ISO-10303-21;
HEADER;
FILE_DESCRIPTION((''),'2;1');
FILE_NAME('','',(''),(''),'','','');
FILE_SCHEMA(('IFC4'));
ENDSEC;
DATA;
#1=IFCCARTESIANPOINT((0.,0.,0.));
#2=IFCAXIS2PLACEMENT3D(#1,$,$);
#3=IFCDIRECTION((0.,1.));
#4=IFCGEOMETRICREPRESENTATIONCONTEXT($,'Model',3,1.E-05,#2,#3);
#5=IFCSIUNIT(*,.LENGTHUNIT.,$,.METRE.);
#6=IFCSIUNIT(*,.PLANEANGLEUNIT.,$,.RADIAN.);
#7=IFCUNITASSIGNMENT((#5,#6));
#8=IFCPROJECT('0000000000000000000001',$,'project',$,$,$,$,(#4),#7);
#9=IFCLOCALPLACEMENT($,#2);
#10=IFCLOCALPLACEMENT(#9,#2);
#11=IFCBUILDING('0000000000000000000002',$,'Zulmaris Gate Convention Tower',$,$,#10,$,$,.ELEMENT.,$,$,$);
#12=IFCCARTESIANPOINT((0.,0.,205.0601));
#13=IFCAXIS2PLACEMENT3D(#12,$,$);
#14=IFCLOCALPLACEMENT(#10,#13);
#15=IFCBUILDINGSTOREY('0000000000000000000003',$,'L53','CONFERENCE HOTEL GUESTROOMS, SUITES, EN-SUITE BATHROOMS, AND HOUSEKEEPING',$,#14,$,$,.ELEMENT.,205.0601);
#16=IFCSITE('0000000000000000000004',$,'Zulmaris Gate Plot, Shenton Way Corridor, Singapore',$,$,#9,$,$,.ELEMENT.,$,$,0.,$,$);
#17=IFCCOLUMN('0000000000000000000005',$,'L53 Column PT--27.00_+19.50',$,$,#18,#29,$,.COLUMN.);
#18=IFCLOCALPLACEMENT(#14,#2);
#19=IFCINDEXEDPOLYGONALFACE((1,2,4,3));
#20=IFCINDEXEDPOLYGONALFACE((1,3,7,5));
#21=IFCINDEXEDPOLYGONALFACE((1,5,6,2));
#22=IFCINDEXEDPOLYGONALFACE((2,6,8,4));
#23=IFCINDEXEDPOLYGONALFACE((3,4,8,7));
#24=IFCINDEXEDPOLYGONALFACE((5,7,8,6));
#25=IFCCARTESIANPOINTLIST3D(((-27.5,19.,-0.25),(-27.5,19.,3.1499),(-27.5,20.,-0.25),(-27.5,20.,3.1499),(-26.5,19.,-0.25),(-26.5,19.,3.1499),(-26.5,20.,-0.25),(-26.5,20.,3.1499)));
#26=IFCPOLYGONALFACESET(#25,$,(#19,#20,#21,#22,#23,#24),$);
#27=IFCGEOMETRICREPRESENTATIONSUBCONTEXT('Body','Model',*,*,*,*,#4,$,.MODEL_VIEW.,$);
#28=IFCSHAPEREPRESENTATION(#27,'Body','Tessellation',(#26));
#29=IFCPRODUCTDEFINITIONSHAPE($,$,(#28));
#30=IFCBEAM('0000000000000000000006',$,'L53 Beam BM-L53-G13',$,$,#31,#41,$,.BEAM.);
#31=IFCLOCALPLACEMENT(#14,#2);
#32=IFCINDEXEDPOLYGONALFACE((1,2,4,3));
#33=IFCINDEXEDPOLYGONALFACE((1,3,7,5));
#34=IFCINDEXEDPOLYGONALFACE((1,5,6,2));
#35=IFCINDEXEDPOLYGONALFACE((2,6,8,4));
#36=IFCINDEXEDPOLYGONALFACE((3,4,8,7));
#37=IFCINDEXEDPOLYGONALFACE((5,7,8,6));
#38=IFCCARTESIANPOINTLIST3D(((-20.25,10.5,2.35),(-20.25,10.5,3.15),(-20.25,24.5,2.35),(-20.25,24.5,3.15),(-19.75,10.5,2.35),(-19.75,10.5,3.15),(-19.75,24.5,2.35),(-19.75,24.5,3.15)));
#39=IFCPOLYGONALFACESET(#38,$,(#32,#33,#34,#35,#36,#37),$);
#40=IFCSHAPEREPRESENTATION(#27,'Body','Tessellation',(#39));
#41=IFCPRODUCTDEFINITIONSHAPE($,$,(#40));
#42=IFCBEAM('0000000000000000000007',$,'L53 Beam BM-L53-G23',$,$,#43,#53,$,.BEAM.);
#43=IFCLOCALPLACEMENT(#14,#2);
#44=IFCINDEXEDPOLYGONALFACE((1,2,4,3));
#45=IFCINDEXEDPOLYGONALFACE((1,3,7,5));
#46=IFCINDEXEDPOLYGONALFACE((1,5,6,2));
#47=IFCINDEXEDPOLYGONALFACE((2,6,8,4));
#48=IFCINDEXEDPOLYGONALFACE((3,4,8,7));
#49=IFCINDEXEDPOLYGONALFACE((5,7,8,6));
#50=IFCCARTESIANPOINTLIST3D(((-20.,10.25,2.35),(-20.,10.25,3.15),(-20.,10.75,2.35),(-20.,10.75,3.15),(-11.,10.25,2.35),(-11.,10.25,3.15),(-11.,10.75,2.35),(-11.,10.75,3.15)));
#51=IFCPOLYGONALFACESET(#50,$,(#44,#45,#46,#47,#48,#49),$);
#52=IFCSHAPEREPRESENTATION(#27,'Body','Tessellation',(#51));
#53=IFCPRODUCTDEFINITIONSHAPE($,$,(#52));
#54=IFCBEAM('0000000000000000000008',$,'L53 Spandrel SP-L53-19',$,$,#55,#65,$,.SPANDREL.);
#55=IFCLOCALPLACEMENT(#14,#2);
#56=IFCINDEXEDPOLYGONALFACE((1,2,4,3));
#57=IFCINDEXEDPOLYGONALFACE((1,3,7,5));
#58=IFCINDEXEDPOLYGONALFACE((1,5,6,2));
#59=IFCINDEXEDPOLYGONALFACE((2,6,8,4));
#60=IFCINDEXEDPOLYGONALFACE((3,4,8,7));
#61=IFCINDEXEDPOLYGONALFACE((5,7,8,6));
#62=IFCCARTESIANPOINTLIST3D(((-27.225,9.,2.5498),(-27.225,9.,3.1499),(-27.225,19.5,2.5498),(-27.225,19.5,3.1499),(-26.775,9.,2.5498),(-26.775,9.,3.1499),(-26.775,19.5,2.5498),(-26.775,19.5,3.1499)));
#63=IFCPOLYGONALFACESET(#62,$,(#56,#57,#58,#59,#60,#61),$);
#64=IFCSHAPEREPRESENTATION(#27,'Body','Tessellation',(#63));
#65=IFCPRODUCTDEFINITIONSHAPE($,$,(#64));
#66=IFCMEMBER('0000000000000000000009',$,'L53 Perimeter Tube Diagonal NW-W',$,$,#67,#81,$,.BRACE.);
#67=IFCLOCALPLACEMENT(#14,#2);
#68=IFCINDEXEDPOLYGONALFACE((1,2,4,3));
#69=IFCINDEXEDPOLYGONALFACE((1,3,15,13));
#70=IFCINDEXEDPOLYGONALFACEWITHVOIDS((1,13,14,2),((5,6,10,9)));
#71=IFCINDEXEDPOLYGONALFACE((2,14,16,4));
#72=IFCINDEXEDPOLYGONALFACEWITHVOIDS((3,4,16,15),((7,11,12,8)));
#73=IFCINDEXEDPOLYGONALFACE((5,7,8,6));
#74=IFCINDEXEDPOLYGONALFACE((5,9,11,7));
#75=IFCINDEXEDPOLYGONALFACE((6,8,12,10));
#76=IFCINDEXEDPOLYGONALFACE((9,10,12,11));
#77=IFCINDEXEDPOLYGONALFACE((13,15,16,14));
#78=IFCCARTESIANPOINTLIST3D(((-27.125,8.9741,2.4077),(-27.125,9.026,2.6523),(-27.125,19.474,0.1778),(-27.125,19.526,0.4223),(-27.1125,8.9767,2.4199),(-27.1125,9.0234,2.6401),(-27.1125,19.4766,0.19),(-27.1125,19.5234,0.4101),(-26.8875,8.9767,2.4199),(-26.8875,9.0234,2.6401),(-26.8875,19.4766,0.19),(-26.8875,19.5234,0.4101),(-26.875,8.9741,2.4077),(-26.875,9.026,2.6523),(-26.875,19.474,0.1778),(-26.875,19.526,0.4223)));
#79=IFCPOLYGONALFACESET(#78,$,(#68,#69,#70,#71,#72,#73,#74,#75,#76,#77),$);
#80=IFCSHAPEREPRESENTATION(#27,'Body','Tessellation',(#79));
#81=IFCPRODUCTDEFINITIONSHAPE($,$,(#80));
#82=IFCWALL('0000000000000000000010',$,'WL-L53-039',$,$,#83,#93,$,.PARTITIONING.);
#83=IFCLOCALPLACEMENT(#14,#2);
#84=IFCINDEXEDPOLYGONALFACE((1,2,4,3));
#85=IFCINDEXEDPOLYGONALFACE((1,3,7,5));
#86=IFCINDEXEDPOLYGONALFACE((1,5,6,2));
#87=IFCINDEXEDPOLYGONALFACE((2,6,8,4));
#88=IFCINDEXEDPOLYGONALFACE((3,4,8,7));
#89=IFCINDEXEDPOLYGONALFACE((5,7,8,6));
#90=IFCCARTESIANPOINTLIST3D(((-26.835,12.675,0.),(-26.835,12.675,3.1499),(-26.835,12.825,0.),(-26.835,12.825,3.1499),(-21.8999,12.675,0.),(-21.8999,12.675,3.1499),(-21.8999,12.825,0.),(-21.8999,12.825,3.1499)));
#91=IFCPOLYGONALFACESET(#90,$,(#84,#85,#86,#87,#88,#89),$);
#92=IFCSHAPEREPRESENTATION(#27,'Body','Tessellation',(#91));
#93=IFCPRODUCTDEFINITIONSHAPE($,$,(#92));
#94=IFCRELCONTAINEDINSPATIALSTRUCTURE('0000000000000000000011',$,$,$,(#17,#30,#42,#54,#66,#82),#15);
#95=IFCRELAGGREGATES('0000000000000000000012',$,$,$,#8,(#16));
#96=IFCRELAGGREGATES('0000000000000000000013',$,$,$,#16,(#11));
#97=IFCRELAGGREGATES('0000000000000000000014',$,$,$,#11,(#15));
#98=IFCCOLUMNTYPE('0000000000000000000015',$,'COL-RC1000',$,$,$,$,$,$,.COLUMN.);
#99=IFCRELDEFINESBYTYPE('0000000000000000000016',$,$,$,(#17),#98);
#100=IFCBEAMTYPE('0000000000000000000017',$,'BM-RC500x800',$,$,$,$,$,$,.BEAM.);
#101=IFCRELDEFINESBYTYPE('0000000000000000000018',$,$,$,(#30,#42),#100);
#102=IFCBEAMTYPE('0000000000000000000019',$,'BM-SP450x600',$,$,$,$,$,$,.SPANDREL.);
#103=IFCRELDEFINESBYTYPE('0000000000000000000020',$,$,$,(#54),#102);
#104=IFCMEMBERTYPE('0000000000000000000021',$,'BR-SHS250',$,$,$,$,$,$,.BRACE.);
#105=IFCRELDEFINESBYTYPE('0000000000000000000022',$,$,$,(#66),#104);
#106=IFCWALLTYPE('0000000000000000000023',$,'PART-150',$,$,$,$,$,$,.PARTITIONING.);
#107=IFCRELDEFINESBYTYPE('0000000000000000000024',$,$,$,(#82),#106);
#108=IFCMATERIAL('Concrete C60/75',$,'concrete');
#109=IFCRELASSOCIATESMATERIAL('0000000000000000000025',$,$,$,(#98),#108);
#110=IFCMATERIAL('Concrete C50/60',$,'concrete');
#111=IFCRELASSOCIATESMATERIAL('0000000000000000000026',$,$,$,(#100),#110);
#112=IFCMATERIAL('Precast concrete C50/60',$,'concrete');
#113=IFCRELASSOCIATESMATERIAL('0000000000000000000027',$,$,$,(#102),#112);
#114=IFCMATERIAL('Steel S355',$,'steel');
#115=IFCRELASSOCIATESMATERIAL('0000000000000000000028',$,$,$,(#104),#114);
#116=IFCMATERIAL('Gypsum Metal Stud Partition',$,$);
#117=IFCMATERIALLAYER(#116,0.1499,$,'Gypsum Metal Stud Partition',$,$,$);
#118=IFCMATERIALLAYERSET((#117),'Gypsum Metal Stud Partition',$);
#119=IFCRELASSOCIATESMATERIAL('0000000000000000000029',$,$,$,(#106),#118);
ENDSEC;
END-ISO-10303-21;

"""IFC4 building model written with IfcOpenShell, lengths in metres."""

from ifc_helpers import new_model, si_unit, direction, frame, frame_2d, origin, origin_2d, place, context, subcontext, project, spatial, rectangle, hollow_rectangle, extrude, material, layer, layer_set, material_profile, profile_set, type_object, element, save


model = new_model("IFC4")

# Units and contexts
model_context = context("Model", 3, precision=1e-05, world=origin(), true_north=direction((0.0, 1.0)))
body_context = subcontext(model_context, "Body", "Model", "MODEL_VIEW")
ifc_project = project(units=[si_unit("LENGTHUNIT", "METRE"), si_unit("PLANEANGLEUNIT", "RADIAN")], contexts=[model_context])

# Site, building, storey
site_placement = place(None, origin())
site = spatial("IfcSite", under=ifc_project, at=site_placement, Name="Zulmaris Gate Plot, Shenton Way Corridor, Singapore", CompositionType="ELEMENT", RefElevation=0.0)
building_placement = place(site_placement, origin())
building = spatial("IfcBuilding", under=site, at=building_placement, Name="Zulmaris Gate Convention Tower", CompositionType="ELEMENT")
storey_placement = place(building_placement, frame((0.0, 0.0, 205.0601)))
storey = spatial("IfcBuildingStorey", under=building, at=storey_placement, Name="L53", Description="CONFERENCE HOTEL GUESTROOMS, SUITES, EN-SUITE BATHROOMS, AND HOUSEKEEPING", CompositionType="ELEMENT", Elevation=205.0601)

# Column
ifc_material_1 = material(Name="Concrete C60/75", Category="concrete")
ifc_material_profile_1 = material_profile(ifc_material_1, rectangle(XDim=1.0, YDim=1.0, at=origin_2d()), Name="RC COL 1000x1000")
ifc_profile_set_1 = profile_set([ifc_material_profile_1], Name="Concrete C60/75")
column_type = type_object("IfcColumnType", Name="COL-RC1000", PredefinedType="COLUMN", material=ifc_profile_set_1)
column_placement = place(storey_placement, frame((-27.0, 19.5, -0.25), z_axis=(0.0, 0.0, 1.0), x_axis=(1.0, 0.0, 0.0)))
element("IfcColumn", 1, at=column_placement, inside=storey, type_object=column_type, Name="L53 Column PT--27.00_+19.50", PredefinedType="COLUMN", context=body_context, shape_type="SweptSolid", body=[
    extrude(rectangle(XDim=1.0, YDim=1.0, at=origin_2d()), origin(), (0.0, 0.0, 1.0), 3.3999),
])

# Beams
ifc_material_2 = material(Name="Concrete C50/60", Category="concrete")
ifc_material_profile_2 = material_profile(ifc_material_2, rectangle(XDim=0.5, YDim=0.8, at=origin_2d()), Name="RC BEAM 500x800")
ifc_profile_set_2 = profile_set([ifc_material_profile_2], Name="Concrete C50/60")
beam_type_1 = type_object("IfcBeamType", Name="BM-RC500x800", PredefinedType="BEAM", material=ifc_profile_set_2)
beam_1_placement = place(storey_placement, frame((-20.0, 10.5, 2.75), z_axis=(0.0, 1.0, 0.0), x_axis=(-1.0, 0.0, 0.0)))
element("IfcBeam", 2, at=beam_1_placement, inside=storey, type_object=beam_type_1, Name="L53 Beam BM-L53-G13", PredefinedType="BEAM", context=body_context, shape_type="SweptSolid", body=[
    extrude(rectangle(XDim=0.5, YDim=0.8, at=origin_2d()), origin(), (0.0, 0.0, 1.0), 14.0),
])
beam_2_placement = place(storey_placement, frame((-20.0, 10.5, 2.75), z_axis=(1.0, 0.0, 0.0), x_axis=(0.0, 1.0, 0.0)))
element("IfcBeam", 3, at=beam_2_placement, inside=storey, type_object=beam_type_1, Name="L53 Beam BM-L53-G23", PredefinedType="BEAM", context=body_context, shape_type="SweptSolid", body=[
    extrude(rectangle(XDim=0.5, YDim=0.8, at=origin_2d()), origin(), (0.0, 0.0, 1.0), 9.0),
])
ifc_material_3 = material(Name="Precast concrete C50/60", Category="concrete")
ifc_material_profile_3 = material_profile(ifc_material_3, rectangle(XDim=0.45, YDim=0.6001, at=origin_2d()), Name="RC SPANDREL 450x600")
ifc_profile_set_3 = profile_set([ifc_material_profile_3], Name="Precast concrete C50/60")
beam_type_2 = type_object("IfcBeamType", Name="BM-SP450x600", PredefinedType="SPANDREL", material=ifc_profile_set_3)
beam_3_placement = place(storey_placement, frame((-27.0, 19.5, 2.8499), z_axis=(0.0, -1.0, 0.0), x_axis=(1.0, 0.0, 0.0)))
element("IfcBeam", 4, at=beam_3_placement, inside=storey, type_object=beam_type_2, Name="L53 Spandrel SP-L53-19", PredefinedType="SPANDREL", context=body_context, shape_type="SweptSolid", body=[
    extrude(rectangle(XDim=0.45, YDim=0.6001, at=origin_2d()), origin(), (0.0, 0.0, 1.0), 10.5),
])

# Member
ifc_material_4 = material(Name="Steel S355", Category="steel")
ifc_material_profile_4 = material_profile(ifc_material_4, hollow_rectangle(XDim=0.25, YDim=0.25, WallThickness=0.0125, at=origin_2d()), Name="SHS 250x250x12.5")
ifc_profile_set_4 = profile_set([ifc_material_profile_4], Name="Steel S355")
member_type = type_object("IfcMemberType", Name="BR-SHS250", PredefinedType="BRACE", material=ifc_profile_set_4)
member_placement = place(storey_placement, frame((-27.0, 19.5, 0.3), z_axis=(0.0, -0.978183, 0.207746), x_axis=(1.0, 0.0, 0.0)))
element("IfcMember", 5, at=member_placement, inside=storey, type_object=member_type, Name="L53 Perimeter Tube Diagonal NW-W", PredefinedType="BRACE", context=body_context, shape_type="SweptSolid", body=[
    extrude(hollow_rectangle(XDim=0.25, YDim=0.25, WallThickness=0.0125, at=origin_2d()), origin(), (0.0, 0.0, 1.0), 10.7341),
])

# Wall
ifc_material_5 = material(Name="Gypsum Metal Stud Partition")
ifc_layer_1 = layer(ifc_material_5, 0.1499, Name="Gypsum Metal Stud Partition")
ifc_layer_set_1 = layer_set([ifc_layer_1], Name="Gypsum Metal Stud Partition")
wall_type_1 = type_object("IfcWallType", Name="PART-150", PredefinedType="PARTITIONING", material=ifc_layer_set_1)
wall_1_placement = place(storey_placement, frame((-26.835, 12.75, 0.0), z_axis=(0.0, 0.0, 1.0), x_axis=(1.0, 0.0, 0.0)))
element("IfcWall", 6, at=wall_1_placement, inside=storey, type_object=wall_type_1, Name="WL-L53-039", PredefinedType="PARTITIONING", context=body_context, shape_type="SweptSolid", body=[
    extrude(rectangle(XDim=4.9351, YDim=0.1499, at=frame_2d((2.4675, 0.0))), origin(), (0.0, 0.0, 1.0), 3.1499),
])

save(model, "model.ifc")
